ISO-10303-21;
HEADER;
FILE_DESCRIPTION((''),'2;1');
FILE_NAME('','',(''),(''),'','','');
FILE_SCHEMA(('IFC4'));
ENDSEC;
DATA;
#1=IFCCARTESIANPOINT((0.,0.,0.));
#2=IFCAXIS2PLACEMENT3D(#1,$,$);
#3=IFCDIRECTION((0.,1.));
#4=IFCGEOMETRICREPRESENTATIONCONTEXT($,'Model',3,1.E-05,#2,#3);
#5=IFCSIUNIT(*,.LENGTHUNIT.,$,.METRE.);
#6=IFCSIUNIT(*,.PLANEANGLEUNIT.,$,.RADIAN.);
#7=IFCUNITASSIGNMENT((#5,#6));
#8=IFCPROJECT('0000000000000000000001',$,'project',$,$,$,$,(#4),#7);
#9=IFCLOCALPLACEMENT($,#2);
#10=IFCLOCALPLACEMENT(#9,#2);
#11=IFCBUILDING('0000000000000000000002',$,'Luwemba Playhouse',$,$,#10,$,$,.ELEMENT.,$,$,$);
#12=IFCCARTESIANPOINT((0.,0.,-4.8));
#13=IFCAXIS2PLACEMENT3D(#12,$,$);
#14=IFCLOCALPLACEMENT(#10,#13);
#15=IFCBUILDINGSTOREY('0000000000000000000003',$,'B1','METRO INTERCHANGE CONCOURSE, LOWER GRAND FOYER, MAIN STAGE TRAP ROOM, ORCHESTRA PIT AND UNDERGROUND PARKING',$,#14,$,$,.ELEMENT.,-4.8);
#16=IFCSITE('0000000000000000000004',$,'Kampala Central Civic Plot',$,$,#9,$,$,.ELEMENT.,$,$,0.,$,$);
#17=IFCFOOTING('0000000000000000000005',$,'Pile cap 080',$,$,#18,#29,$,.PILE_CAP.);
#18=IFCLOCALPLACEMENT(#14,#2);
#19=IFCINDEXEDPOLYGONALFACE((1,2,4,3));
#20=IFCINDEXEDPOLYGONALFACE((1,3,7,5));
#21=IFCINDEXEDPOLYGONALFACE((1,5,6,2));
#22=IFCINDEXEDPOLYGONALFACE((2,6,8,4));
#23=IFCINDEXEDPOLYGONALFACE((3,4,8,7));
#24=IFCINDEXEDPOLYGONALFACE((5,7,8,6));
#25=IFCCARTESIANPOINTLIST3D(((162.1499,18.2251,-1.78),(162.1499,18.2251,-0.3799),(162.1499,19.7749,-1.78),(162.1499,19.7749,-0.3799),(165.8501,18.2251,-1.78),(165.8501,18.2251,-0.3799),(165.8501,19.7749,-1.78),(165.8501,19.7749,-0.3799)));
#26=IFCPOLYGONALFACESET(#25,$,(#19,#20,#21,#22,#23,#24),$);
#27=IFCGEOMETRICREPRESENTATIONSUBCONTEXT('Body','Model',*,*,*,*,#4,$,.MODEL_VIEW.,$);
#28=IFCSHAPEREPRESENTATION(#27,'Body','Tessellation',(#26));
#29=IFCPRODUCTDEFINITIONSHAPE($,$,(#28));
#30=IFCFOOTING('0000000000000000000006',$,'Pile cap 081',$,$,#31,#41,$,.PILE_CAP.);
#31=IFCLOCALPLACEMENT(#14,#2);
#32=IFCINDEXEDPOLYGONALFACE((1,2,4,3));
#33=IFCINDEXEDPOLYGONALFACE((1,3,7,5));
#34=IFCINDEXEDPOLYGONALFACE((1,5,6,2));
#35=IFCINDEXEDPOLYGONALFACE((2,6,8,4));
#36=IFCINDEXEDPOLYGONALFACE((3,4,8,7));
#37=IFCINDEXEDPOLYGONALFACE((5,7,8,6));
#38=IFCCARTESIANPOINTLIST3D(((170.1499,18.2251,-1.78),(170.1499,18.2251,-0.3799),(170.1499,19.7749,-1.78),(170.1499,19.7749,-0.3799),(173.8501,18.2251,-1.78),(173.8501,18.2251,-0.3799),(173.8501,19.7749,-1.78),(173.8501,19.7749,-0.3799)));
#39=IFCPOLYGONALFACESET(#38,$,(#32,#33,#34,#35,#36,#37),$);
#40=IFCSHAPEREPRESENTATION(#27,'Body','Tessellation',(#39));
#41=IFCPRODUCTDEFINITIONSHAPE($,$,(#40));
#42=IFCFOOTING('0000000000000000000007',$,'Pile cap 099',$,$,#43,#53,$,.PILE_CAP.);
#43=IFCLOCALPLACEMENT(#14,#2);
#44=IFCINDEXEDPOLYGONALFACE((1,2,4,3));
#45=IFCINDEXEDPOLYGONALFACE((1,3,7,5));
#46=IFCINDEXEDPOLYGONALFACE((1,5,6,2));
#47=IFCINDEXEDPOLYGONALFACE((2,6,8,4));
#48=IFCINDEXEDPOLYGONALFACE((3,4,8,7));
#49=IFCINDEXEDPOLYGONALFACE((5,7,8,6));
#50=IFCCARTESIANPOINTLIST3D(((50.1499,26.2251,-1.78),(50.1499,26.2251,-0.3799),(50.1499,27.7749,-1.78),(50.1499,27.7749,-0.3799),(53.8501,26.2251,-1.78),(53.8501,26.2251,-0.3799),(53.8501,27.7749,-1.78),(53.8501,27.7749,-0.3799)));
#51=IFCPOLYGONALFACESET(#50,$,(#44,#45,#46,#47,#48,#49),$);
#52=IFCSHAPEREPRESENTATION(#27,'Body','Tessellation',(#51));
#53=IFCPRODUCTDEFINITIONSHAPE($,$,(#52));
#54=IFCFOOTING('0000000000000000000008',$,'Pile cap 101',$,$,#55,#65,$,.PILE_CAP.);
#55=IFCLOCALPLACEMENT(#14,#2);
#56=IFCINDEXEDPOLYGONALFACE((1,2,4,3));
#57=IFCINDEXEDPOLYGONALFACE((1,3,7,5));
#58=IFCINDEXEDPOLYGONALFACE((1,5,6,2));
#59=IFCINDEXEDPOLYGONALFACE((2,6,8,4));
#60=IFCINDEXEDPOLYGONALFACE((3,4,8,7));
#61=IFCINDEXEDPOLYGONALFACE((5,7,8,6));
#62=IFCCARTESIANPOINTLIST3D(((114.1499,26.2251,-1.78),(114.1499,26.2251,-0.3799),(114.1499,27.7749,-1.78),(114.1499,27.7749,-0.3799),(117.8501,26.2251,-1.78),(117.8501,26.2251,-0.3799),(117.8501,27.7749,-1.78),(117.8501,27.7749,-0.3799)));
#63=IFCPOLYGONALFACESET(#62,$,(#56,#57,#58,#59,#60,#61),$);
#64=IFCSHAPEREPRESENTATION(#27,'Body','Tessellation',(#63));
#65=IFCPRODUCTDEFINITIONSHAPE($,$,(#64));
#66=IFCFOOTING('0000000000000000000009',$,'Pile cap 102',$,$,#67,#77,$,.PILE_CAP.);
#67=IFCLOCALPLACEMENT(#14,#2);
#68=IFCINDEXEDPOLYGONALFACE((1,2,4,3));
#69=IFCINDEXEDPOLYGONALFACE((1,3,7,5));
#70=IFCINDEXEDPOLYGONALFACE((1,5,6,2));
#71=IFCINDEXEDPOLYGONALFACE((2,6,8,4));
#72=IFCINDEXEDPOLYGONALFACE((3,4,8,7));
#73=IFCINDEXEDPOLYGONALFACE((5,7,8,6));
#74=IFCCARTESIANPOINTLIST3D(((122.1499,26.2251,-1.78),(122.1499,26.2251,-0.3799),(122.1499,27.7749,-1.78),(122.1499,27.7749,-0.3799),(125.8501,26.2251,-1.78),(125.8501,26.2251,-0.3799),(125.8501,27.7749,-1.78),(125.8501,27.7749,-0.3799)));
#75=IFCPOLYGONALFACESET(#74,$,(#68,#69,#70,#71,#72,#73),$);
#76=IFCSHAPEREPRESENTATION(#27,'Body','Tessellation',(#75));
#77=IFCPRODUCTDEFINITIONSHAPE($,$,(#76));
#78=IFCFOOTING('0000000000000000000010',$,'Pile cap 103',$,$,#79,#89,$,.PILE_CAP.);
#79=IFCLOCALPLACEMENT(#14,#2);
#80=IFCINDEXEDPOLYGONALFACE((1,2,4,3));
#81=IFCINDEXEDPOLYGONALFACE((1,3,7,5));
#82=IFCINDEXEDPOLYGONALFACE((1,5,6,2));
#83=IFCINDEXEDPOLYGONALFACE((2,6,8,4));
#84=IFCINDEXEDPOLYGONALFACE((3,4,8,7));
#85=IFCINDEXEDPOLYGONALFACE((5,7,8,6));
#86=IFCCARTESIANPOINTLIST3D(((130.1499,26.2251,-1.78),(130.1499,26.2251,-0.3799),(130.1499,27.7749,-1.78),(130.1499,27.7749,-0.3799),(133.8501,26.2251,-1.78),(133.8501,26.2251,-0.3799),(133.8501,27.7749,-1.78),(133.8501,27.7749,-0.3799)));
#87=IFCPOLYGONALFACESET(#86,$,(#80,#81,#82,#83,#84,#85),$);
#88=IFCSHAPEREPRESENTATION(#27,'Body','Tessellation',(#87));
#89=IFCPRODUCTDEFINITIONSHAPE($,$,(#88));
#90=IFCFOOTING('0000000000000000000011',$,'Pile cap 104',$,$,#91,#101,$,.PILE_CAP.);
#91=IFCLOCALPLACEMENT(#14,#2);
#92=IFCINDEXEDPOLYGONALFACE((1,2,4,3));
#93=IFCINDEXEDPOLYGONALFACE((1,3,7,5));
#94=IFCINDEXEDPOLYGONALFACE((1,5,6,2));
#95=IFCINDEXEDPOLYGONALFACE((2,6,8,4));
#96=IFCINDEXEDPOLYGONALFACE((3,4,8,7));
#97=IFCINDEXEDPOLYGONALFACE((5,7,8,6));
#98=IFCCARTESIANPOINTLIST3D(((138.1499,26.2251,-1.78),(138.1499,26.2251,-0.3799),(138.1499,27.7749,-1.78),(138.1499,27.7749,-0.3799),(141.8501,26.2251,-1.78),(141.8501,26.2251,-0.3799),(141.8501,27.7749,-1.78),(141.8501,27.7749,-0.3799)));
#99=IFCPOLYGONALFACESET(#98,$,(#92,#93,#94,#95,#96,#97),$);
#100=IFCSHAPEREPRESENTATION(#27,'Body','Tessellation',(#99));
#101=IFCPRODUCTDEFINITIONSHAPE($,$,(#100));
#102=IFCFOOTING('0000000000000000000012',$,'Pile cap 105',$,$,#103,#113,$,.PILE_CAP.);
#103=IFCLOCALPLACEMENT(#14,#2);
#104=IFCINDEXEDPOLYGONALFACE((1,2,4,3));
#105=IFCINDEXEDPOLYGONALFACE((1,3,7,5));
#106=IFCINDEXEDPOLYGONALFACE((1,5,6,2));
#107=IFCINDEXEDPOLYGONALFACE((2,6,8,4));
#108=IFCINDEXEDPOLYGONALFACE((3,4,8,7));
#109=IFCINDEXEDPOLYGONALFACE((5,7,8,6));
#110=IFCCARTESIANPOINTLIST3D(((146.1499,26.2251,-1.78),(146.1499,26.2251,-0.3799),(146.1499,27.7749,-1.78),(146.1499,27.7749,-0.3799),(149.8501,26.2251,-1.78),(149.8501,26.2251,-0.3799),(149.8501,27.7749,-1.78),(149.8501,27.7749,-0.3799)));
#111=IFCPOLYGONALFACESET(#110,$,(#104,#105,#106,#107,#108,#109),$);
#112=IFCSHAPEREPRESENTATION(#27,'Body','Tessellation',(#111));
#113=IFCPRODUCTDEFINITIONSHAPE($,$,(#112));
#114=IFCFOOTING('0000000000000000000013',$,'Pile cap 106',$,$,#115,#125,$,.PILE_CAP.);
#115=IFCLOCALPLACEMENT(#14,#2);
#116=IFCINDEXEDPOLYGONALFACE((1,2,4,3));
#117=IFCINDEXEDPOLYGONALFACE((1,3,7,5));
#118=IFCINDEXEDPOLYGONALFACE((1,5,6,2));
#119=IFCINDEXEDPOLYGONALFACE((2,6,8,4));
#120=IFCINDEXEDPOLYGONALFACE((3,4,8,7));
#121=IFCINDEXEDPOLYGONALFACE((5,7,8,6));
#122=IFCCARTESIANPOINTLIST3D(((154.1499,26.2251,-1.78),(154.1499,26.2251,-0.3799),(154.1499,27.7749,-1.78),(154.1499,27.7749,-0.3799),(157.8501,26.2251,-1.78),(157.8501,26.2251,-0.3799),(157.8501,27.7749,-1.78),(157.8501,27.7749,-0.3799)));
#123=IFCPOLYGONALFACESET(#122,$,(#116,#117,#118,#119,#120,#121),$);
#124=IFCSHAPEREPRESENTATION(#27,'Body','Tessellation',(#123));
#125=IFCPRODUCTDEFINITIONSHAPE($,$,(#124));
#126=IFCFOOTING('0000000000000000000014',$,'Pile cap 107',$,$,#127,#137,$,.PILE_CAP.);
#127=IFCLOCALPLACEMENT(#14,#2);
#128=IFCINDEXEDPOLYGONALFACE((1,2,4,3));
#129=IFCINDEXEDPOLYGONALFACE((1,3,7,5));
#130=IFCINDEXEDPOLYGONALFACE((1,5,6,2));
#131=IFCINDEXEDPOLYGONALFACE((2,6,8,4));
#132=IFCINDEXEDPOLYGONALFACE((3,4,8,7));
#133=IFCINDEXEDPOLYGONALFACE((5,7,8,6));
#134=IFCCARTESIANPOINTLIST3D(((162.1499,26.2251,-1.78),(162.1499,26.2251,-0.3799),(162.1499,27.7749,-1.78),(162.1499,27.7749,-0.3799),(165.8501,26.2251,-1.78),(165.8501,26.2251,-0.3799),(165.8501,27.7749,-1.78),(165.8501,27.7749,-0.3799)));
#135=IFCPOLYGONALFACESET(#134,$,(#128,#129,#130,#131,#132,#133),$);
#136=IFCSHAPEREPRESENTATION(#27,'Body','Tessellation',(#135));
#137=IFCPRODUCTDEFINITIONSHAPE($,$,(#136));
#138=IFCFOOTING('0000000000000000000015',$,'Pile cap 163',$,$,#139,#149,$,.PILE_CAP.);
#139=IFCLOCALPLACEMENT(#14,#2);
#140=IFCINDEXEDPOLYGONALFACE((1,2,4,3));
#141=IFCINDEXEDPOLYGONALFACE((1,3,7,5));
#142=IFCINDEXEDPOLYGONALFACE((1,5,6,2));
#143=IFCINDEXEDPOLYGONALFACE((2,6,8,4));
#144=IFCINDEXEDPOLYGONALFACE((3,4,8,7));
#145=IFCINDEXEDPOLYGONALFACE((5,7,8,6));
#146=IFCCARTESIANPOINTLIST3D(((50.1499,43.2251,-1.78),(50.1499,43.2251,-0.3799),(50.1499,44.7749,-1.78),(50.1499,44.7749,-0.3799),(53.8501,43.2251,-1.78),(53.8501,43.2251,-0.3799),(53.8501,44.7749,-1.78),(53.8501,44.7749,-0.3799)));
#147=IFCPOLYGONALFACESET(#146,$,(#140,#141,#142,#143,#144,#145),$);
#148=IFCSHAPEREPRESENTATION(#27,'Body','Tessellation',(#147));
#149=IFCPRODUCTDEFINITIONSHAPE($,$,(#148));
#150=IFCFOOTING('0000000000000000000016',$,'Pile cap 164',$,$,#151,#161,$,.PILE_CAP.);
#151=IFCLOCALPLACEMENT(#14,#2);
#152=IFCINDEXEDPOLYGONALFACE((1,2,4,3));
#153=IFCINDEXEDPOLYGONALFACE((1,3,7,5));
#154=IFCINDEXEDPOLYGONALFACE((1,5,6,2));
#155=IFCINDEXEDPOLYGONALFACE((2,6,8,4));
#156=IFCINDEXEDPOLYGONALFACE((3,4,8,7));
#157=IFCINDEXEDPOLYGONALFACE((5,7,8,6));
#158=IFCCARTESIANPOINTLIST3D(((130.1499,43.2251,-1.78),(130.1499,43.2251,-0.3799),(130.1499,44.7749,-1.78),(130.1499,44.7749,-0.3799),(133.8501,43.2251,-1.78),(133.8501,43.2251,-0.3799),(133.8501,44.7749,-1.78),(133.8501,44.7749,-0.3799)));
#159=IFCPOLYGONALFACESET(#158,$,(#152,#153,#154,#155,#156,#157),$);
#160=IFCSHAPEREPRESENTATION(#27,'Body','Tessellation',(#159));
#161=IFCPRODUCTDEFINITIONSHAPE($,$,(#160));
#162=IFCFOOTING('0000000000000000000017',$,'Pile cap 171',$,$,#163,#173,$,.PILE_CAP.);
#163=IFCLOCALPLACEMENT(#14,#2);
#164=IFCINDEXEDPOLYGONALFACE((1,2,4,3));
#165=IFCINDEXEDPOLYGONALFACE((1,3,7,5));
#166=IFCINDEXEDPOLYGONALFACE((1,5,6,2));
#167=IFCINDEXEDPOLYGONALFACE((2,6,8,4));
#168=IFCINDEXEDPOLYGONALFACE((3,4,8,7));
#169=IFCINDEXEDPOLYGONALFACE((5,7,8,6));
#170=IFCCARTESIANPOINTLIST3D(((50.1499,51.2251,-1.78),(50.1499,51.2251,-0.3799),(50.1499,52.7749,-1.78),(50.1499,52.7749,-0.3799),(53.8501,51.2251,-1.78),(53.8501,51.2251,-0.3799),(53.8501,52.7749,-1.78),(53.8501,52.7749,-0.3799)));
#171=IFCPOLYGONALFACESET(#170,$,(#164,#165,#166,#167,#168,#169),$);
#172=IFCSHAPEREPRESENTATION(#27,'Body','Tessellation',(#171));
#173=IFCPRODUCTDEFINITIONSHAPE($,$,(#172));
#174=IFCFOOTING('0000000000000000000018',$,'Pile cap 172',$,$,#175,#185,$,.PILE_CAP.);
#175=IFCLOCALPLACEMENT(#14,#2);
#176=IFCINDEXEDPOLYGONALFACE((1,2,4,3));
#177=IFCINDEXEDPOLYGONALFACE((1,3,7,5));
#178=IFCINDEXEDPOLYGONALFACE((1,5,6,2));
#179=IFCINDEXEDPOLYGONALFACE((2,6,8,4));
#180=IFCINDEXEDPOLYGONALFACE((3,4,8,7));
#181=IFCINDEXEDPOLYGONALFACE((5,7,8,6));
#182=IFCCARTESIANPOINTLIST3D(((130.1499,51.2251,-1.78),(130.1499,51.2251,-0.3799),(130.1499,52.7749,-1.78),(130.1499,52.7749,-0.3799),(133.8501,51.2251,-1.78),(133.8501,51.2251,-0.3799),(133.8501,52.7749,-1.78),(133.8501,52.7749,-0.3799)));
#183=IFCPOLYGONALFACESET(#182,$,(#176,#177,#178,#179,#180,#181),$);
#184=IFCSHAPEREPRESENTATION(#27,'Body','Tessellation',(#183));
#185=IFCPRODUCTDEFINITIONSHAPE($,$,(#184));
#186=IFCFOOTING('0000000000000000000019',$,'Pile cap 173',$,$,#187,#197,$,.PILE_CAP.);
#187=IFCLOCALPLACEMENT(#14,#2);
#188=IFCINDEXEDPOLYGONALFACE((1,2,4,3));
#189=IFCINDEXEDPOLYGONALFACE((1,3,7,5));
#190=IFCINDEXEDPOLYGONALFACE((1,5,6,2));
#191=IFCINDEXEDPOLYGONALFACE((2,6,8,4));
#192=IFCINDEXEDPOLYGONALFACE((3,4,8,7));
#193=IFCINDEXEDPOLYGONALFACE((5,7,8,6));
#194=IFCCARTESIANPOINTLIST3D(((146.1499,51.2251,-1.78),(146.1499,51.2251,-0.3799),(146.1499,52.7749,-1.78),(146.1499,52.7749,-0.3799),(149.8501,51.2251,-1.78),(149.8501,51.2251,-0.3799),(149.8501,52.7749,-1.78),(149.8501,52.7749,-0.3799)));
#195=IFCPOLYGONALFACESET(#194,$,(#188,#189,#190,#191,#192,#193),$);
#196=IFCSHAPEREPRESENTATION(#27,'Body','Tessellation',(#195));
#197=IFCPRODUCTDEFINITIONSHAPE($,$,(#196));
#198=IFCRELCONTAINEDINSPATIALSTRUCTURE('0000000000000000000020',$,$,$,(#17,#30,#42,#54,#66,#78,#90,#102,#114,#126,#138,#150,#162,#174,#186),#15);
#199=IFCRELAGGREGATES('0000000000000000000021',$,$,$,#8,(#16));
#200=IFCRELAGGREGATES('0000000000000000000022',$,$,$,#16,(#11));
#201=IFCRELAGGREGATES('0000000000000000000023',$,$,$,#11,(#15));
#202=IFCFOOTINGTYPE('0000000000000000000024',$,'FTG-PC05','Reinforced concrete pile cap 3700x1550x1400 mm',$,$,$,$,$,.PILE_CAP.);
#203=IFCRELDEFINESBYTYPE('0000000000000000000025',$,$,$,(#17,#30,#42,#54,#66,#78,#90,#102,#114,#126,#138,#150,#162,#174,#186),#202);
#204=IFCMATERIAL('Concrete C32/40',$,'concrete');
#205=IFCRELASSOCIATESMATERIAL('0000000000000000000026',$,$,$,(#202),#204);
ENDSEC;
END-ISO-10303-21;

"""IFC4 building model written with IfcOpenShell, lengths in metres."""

from ifc_helpers import new_model, si_unit, direction, frame, origin, place, context, subcontext, project, spatial, polyline, outline, extrude, material, type_object, element, save


model = new_model("IFC4")

# Units and contexts
model_context = context("Model", 3, precision=1e-05, world=origin(), true_north=direction((0.0, 1.0)))
body_context = subcontext(model_context, "Body", "Model", "MODEL_VIEW")
ifc_project = project(units=[si_unit("LENGTHUNIT", "METRE"), si_unit("PLANEANGLEUNIT", "RADIAN")], contexts=[model_context])

# Site, building, storey
site_placement = place(None, origin())
site = spatial("IfcSite", under=ifc_project, at=site_placement, Name="Kampala Central Civic Plot", CompositionType="ELEMENT", RefElevation=0.0)
building_placement = place(site_placement, origin())
building = spatial("IfcBuilding", under=site, at=building_placement, Name="Luwemba Playhouse", CompositionType="ELEMENT")
storey_placement = place(building_placement, frame((0.0, 0.0, -4.8)))
storey = spatial("IfcBuildingStorey", under=building, at=storey_placement, Name="B1", Description="METRO INTERCHANGE CONCOURSE, LOWER GRAND FOYER, MAIN STAGE TRAP ROOM, ORCHESTRA PIT AND UNDERGROUND PARKING", CompositionType="ELEMENT", Elevation=-4.8)

# Footings
ifc_material = material(Name="Concrete C32/40", Category="concrete")
footing_type_1 = type_object("IfcFootingType", Name="FTG-PC05", Description="Reinforced concrete pile cap 3700x1550x1400 mm", PredefinedType="PILE_CAP", material=ifc_material)
footing_1_placement = place(storey_placement, frame((0.0, 0.0, -1.78)))
element("IfcFooting", 1, at=footing_1_placement, inside=storey, type_object=footing_type_1, Name="Pile cap 080", PredefinedType="PILE_CAP", context=body_context, shape_type="SweptSolid", body=[
    extrude(outline(polyline([(162.1499, 18.2251), (165.8501, 18.2251), (165.8501, 19.7749), (162.1499, 19.7749), (162.1499, 18.2251)])), origin(), (0.0, 0.0, 1.0), 1.4001),
])
footing_2_placement = place(storey_placement, frame((0.0, 0.0, -1.78)))
element("IfcFooting", 2, at=footing_2_placement, inside=storey, type_object=footing_type_1, Name="Pile cap 081", PredefinedType="PILE_CAP", context=body_context, shape_type="SweptSolid", body=[
    extrude(outline(polyline([(170.1499, 18.2251), (173.8501, 18.2251), (173.8501, 19.7749), (170.1499, 19.7749), (170.1499, 18.2251)])), origin(), (0.0, 0.0, 1.0), 1.4001),
])
footing_3_placement = place(storey_placement, frame((0.0, 0.0, -1.78)))
element("IfcFooting", 3, at=footing_3_placement, inside=storey, type_object=footing_type_1, Name="Pile cap 099", PredefinedType="PILE_CAP", context=body_context, shape_type="SweptSolid", body=[
    extrude(outline(polyline([(50.1499, 26.2251), (53.8501, 26.2251), (53.8501, 27.7749), (50.1499, 27.7749), (50.1499, 26.2251)])), origin(), (0.0, 0.0, 1.0), 1.4001),
])
footing_4_placement = place(storey_placement, frame((0.0, 0.0, -1.78)))
element("IfcFooting", 4, at=footing_4_placement, inside=storey, type_object=footing_type_1, Name="Pile cap 101", PredefinedType="PILE_CAP", context=body_context, shape_type="SweptSolid", body=[
    extrude(outline(polyline([(114.1499, 26.2251), (117.8501, 26.2251), (117.8501, 27.7749), (114.1499, 27.7749), (114.1499, 26.2251)])), origin(), (0.0, 0.0, 1.0), 1.4001),
])
footing_5_placement = place(storey_placement, frame((0.0, 0.0, -1.78)))
element("IfcFooting", 5, at=footing_5_placement, inside=storey, type_object=footing_type_1, Name="Pile cap 102", PredefinedType="PILE_CAP", context=body_context, shape_type="SweptSolid", body=[
    extrude(outline(polyline([(122.1499, 26.2251), (125.8501, 26.2251), (125.8501, 27.7749), (122.1499, 27.7749), (122.1499, 26.2251)])), origin(), (0.0, 0.0, 1.0), 1.4001),
])
footing_6_placement = place(storey_placement, frame((0.0, 0.0, -1.78)))
element("IfcFooting", 6, at=footing_6_placement, inside=storey, type_object=footing_type_1, Name="Pile cap 103", PredefinedType="PILE_CAP", context=body_context, shape_type="SweptSolid", body=[
    extrude(outline(polyline([(130.1499, 26.2251), (133.8501, 26.2251), (133.8501, 27.7749), (130.1499, 27.7749), (130.1499, 26.2251)])), origin(), (0.0, 0.0, 1.0), 1.4001),
])
footing_7_placement = place(storey_placement, frame((0.0, 0.0, -1.78)))
element("IfcFooting", 7, at=footing_7_placement, inside=storey, type_object=footing_type_1, Name="Pile cap 104", PredefinedType="PILE_CAP", context=body_context, shape_type="SweptSolid", body=[
    extrude(outline(polyline([(138.1499, 26.2251), (141.8501, 26.2251), (141.8501, 27.7749), (138.1499, 27.7749), (138.1499, 26.2251)])), origin(), (0.0, 0.0, 1.0), 1.4001),
])
footing_8_placement = place(storey_placement, frame((0.0, 0.0, -1.78)))
element("IfcFooting", 8, at=footing_8_placement, inside=storey, type_object=footing_type_1, Name="Pile cap 105", PredefinedType="PILE_CAP", context=body_context, shape_type="SweptSolid", body=[
    extrude(outline(polyline([(146.1499, 26.2251), (149.8501, 26.2251), (149.8501, 27.7749), (146.1499, 27.7749), (146.1499, 26.2251)])), origin(), (0.0, 0.0, 1.0), 1.4001),
])
footing_9_placement = place(storey_placement, frame((0.0, 0.0, -1.78)))
element("IfcFooting", 9, at=footing_9_placement, inside=storey, type_object=footing_type_1, Name="Pile cap 106", PredefinedType="PILE_CAP", context=body_context, shape_type="SweptSolid", body=[
    extrude(outline(polyline([(154.1499, 26.2251), (157.8501, 26.2251), (157.8501, 27.7749), (154.1499, 27.7749), (154.1499, 26.2251)])), origin(), (0.0, 0.0, 1.0), 1.4001),
])
footing_10_placement = place(storey_placement, frame((0.0, 0.0, -1.78)))
element("IfcFooting", 10, at=footing_10_placement, inside=storey, type_object=footing_type_1, Name="Pile cap 107", PredefinedType="PILE_CAP", context=body_context, shape_type="SweptSolid", body=[
    extrude(outline(polyline([(162.1499, 26.2251), (165.8501, 26.2251), (165.8501, 27.7749), (162.1499, 27.7749), (162.1499, 26.2251)])), origin(), (0.0, 0.0, 1.0), 1.4001),
])
footing_11_placement = place(storey_placement, frame((0.0, 0.0, -1.78)))
element("IfcFooting", 11, at=footing_11_placement, inside=storey, type_object=footing_type_1, Name="Pile cap 163", PredefinedType="PILE_CAP", context=body_context, shape_type="SweptSolid", body=[
    extrude(outline(polyline([(50.1499, 43.2251), (53.8501, 43.2251), (53.8501, 44.7749), (50.1499, 44.7749), (50.1499, 43.2251)])), origin(), (0.0, 0.0, 1.0), 1.4001),
])
footing_12_placement = place(storey_placement, frame((0.0, 0.0, -1.78)))
element("IfcFooting", 12, at=footing_12_placement, inside=storey, type_object=footing_type_1, Name="Pile cap 164", PredefinedType="PILE_CAP", context=body_context, shape_type="SweptSolid", body=[
    extrude(outline(polyline([(130.1499, 43.2251), (133.8501, 43.2251), (133.8501, 44.7749), (130.1499, 44.7749), (130.1499, 43.2251)])), origin(), (0.0, 0.0, 1.0), 1.4001),
])
footing_13_placement = place(storey_placement, frame((0.0, 0.0, -1.78)))
element("IfcFooting", 13, at=footing_13_placement, inside=storey, type_object=footing_type_1, Name="Pile cap 171", PredefinedType="PILE_CAP", context=body_context, shape_type="SweptSolid", body=[
    extrude(outline(polyline([(50.1499, 51.2251), (53.8501, 51.2251), (53.8501, 52.7749), (50.1499, 52.7749), (50.1499, 51.2251)])), origin(), (0.0, 0.0, 1.0), 1.4001),
])
footing_14_placement = place(storey_placement, frame((0.0, 0.0, -1.78)))
element("IfcFooting", 14, at=footing_14_placement, inside=storey, type_object=footing_type_1, Name="Pile cap 172", PredefinedType="PILE_CAP", context=body_context, shape_type="SweptSolid", body=[
    extrude(outline(polyline([(130.1499, 51.2251), (133.8501, 51.2251), (133.8501, 52.7749), (130.1499, 52.7749), (130.1499, 51.2251)])), origin(), (0.0, 0.0, 1.0), 1.4001),
])
footing_15_placement = place(storey_placement, frame((0.0, 0.0, -1.78)))
element("IfcFooting", 15, at=footing_15_placement, inside=storey, type_object=footing_type_1, Name="Pile cap 173", PredefinedType="PILE_CAP", context=body_context, shape_type="SweptSolid", body=[
    extrude(outline(polyline([(146.1499, 51.2251), (149.8501, 51.2251), (149.8501, 52.7749), (146.1499, 52.7749), (146.1499, 51.2251)])), origin(), (0.0, 0.0, 1.0), 1.4001),
])

save(model, "model.ifc")
